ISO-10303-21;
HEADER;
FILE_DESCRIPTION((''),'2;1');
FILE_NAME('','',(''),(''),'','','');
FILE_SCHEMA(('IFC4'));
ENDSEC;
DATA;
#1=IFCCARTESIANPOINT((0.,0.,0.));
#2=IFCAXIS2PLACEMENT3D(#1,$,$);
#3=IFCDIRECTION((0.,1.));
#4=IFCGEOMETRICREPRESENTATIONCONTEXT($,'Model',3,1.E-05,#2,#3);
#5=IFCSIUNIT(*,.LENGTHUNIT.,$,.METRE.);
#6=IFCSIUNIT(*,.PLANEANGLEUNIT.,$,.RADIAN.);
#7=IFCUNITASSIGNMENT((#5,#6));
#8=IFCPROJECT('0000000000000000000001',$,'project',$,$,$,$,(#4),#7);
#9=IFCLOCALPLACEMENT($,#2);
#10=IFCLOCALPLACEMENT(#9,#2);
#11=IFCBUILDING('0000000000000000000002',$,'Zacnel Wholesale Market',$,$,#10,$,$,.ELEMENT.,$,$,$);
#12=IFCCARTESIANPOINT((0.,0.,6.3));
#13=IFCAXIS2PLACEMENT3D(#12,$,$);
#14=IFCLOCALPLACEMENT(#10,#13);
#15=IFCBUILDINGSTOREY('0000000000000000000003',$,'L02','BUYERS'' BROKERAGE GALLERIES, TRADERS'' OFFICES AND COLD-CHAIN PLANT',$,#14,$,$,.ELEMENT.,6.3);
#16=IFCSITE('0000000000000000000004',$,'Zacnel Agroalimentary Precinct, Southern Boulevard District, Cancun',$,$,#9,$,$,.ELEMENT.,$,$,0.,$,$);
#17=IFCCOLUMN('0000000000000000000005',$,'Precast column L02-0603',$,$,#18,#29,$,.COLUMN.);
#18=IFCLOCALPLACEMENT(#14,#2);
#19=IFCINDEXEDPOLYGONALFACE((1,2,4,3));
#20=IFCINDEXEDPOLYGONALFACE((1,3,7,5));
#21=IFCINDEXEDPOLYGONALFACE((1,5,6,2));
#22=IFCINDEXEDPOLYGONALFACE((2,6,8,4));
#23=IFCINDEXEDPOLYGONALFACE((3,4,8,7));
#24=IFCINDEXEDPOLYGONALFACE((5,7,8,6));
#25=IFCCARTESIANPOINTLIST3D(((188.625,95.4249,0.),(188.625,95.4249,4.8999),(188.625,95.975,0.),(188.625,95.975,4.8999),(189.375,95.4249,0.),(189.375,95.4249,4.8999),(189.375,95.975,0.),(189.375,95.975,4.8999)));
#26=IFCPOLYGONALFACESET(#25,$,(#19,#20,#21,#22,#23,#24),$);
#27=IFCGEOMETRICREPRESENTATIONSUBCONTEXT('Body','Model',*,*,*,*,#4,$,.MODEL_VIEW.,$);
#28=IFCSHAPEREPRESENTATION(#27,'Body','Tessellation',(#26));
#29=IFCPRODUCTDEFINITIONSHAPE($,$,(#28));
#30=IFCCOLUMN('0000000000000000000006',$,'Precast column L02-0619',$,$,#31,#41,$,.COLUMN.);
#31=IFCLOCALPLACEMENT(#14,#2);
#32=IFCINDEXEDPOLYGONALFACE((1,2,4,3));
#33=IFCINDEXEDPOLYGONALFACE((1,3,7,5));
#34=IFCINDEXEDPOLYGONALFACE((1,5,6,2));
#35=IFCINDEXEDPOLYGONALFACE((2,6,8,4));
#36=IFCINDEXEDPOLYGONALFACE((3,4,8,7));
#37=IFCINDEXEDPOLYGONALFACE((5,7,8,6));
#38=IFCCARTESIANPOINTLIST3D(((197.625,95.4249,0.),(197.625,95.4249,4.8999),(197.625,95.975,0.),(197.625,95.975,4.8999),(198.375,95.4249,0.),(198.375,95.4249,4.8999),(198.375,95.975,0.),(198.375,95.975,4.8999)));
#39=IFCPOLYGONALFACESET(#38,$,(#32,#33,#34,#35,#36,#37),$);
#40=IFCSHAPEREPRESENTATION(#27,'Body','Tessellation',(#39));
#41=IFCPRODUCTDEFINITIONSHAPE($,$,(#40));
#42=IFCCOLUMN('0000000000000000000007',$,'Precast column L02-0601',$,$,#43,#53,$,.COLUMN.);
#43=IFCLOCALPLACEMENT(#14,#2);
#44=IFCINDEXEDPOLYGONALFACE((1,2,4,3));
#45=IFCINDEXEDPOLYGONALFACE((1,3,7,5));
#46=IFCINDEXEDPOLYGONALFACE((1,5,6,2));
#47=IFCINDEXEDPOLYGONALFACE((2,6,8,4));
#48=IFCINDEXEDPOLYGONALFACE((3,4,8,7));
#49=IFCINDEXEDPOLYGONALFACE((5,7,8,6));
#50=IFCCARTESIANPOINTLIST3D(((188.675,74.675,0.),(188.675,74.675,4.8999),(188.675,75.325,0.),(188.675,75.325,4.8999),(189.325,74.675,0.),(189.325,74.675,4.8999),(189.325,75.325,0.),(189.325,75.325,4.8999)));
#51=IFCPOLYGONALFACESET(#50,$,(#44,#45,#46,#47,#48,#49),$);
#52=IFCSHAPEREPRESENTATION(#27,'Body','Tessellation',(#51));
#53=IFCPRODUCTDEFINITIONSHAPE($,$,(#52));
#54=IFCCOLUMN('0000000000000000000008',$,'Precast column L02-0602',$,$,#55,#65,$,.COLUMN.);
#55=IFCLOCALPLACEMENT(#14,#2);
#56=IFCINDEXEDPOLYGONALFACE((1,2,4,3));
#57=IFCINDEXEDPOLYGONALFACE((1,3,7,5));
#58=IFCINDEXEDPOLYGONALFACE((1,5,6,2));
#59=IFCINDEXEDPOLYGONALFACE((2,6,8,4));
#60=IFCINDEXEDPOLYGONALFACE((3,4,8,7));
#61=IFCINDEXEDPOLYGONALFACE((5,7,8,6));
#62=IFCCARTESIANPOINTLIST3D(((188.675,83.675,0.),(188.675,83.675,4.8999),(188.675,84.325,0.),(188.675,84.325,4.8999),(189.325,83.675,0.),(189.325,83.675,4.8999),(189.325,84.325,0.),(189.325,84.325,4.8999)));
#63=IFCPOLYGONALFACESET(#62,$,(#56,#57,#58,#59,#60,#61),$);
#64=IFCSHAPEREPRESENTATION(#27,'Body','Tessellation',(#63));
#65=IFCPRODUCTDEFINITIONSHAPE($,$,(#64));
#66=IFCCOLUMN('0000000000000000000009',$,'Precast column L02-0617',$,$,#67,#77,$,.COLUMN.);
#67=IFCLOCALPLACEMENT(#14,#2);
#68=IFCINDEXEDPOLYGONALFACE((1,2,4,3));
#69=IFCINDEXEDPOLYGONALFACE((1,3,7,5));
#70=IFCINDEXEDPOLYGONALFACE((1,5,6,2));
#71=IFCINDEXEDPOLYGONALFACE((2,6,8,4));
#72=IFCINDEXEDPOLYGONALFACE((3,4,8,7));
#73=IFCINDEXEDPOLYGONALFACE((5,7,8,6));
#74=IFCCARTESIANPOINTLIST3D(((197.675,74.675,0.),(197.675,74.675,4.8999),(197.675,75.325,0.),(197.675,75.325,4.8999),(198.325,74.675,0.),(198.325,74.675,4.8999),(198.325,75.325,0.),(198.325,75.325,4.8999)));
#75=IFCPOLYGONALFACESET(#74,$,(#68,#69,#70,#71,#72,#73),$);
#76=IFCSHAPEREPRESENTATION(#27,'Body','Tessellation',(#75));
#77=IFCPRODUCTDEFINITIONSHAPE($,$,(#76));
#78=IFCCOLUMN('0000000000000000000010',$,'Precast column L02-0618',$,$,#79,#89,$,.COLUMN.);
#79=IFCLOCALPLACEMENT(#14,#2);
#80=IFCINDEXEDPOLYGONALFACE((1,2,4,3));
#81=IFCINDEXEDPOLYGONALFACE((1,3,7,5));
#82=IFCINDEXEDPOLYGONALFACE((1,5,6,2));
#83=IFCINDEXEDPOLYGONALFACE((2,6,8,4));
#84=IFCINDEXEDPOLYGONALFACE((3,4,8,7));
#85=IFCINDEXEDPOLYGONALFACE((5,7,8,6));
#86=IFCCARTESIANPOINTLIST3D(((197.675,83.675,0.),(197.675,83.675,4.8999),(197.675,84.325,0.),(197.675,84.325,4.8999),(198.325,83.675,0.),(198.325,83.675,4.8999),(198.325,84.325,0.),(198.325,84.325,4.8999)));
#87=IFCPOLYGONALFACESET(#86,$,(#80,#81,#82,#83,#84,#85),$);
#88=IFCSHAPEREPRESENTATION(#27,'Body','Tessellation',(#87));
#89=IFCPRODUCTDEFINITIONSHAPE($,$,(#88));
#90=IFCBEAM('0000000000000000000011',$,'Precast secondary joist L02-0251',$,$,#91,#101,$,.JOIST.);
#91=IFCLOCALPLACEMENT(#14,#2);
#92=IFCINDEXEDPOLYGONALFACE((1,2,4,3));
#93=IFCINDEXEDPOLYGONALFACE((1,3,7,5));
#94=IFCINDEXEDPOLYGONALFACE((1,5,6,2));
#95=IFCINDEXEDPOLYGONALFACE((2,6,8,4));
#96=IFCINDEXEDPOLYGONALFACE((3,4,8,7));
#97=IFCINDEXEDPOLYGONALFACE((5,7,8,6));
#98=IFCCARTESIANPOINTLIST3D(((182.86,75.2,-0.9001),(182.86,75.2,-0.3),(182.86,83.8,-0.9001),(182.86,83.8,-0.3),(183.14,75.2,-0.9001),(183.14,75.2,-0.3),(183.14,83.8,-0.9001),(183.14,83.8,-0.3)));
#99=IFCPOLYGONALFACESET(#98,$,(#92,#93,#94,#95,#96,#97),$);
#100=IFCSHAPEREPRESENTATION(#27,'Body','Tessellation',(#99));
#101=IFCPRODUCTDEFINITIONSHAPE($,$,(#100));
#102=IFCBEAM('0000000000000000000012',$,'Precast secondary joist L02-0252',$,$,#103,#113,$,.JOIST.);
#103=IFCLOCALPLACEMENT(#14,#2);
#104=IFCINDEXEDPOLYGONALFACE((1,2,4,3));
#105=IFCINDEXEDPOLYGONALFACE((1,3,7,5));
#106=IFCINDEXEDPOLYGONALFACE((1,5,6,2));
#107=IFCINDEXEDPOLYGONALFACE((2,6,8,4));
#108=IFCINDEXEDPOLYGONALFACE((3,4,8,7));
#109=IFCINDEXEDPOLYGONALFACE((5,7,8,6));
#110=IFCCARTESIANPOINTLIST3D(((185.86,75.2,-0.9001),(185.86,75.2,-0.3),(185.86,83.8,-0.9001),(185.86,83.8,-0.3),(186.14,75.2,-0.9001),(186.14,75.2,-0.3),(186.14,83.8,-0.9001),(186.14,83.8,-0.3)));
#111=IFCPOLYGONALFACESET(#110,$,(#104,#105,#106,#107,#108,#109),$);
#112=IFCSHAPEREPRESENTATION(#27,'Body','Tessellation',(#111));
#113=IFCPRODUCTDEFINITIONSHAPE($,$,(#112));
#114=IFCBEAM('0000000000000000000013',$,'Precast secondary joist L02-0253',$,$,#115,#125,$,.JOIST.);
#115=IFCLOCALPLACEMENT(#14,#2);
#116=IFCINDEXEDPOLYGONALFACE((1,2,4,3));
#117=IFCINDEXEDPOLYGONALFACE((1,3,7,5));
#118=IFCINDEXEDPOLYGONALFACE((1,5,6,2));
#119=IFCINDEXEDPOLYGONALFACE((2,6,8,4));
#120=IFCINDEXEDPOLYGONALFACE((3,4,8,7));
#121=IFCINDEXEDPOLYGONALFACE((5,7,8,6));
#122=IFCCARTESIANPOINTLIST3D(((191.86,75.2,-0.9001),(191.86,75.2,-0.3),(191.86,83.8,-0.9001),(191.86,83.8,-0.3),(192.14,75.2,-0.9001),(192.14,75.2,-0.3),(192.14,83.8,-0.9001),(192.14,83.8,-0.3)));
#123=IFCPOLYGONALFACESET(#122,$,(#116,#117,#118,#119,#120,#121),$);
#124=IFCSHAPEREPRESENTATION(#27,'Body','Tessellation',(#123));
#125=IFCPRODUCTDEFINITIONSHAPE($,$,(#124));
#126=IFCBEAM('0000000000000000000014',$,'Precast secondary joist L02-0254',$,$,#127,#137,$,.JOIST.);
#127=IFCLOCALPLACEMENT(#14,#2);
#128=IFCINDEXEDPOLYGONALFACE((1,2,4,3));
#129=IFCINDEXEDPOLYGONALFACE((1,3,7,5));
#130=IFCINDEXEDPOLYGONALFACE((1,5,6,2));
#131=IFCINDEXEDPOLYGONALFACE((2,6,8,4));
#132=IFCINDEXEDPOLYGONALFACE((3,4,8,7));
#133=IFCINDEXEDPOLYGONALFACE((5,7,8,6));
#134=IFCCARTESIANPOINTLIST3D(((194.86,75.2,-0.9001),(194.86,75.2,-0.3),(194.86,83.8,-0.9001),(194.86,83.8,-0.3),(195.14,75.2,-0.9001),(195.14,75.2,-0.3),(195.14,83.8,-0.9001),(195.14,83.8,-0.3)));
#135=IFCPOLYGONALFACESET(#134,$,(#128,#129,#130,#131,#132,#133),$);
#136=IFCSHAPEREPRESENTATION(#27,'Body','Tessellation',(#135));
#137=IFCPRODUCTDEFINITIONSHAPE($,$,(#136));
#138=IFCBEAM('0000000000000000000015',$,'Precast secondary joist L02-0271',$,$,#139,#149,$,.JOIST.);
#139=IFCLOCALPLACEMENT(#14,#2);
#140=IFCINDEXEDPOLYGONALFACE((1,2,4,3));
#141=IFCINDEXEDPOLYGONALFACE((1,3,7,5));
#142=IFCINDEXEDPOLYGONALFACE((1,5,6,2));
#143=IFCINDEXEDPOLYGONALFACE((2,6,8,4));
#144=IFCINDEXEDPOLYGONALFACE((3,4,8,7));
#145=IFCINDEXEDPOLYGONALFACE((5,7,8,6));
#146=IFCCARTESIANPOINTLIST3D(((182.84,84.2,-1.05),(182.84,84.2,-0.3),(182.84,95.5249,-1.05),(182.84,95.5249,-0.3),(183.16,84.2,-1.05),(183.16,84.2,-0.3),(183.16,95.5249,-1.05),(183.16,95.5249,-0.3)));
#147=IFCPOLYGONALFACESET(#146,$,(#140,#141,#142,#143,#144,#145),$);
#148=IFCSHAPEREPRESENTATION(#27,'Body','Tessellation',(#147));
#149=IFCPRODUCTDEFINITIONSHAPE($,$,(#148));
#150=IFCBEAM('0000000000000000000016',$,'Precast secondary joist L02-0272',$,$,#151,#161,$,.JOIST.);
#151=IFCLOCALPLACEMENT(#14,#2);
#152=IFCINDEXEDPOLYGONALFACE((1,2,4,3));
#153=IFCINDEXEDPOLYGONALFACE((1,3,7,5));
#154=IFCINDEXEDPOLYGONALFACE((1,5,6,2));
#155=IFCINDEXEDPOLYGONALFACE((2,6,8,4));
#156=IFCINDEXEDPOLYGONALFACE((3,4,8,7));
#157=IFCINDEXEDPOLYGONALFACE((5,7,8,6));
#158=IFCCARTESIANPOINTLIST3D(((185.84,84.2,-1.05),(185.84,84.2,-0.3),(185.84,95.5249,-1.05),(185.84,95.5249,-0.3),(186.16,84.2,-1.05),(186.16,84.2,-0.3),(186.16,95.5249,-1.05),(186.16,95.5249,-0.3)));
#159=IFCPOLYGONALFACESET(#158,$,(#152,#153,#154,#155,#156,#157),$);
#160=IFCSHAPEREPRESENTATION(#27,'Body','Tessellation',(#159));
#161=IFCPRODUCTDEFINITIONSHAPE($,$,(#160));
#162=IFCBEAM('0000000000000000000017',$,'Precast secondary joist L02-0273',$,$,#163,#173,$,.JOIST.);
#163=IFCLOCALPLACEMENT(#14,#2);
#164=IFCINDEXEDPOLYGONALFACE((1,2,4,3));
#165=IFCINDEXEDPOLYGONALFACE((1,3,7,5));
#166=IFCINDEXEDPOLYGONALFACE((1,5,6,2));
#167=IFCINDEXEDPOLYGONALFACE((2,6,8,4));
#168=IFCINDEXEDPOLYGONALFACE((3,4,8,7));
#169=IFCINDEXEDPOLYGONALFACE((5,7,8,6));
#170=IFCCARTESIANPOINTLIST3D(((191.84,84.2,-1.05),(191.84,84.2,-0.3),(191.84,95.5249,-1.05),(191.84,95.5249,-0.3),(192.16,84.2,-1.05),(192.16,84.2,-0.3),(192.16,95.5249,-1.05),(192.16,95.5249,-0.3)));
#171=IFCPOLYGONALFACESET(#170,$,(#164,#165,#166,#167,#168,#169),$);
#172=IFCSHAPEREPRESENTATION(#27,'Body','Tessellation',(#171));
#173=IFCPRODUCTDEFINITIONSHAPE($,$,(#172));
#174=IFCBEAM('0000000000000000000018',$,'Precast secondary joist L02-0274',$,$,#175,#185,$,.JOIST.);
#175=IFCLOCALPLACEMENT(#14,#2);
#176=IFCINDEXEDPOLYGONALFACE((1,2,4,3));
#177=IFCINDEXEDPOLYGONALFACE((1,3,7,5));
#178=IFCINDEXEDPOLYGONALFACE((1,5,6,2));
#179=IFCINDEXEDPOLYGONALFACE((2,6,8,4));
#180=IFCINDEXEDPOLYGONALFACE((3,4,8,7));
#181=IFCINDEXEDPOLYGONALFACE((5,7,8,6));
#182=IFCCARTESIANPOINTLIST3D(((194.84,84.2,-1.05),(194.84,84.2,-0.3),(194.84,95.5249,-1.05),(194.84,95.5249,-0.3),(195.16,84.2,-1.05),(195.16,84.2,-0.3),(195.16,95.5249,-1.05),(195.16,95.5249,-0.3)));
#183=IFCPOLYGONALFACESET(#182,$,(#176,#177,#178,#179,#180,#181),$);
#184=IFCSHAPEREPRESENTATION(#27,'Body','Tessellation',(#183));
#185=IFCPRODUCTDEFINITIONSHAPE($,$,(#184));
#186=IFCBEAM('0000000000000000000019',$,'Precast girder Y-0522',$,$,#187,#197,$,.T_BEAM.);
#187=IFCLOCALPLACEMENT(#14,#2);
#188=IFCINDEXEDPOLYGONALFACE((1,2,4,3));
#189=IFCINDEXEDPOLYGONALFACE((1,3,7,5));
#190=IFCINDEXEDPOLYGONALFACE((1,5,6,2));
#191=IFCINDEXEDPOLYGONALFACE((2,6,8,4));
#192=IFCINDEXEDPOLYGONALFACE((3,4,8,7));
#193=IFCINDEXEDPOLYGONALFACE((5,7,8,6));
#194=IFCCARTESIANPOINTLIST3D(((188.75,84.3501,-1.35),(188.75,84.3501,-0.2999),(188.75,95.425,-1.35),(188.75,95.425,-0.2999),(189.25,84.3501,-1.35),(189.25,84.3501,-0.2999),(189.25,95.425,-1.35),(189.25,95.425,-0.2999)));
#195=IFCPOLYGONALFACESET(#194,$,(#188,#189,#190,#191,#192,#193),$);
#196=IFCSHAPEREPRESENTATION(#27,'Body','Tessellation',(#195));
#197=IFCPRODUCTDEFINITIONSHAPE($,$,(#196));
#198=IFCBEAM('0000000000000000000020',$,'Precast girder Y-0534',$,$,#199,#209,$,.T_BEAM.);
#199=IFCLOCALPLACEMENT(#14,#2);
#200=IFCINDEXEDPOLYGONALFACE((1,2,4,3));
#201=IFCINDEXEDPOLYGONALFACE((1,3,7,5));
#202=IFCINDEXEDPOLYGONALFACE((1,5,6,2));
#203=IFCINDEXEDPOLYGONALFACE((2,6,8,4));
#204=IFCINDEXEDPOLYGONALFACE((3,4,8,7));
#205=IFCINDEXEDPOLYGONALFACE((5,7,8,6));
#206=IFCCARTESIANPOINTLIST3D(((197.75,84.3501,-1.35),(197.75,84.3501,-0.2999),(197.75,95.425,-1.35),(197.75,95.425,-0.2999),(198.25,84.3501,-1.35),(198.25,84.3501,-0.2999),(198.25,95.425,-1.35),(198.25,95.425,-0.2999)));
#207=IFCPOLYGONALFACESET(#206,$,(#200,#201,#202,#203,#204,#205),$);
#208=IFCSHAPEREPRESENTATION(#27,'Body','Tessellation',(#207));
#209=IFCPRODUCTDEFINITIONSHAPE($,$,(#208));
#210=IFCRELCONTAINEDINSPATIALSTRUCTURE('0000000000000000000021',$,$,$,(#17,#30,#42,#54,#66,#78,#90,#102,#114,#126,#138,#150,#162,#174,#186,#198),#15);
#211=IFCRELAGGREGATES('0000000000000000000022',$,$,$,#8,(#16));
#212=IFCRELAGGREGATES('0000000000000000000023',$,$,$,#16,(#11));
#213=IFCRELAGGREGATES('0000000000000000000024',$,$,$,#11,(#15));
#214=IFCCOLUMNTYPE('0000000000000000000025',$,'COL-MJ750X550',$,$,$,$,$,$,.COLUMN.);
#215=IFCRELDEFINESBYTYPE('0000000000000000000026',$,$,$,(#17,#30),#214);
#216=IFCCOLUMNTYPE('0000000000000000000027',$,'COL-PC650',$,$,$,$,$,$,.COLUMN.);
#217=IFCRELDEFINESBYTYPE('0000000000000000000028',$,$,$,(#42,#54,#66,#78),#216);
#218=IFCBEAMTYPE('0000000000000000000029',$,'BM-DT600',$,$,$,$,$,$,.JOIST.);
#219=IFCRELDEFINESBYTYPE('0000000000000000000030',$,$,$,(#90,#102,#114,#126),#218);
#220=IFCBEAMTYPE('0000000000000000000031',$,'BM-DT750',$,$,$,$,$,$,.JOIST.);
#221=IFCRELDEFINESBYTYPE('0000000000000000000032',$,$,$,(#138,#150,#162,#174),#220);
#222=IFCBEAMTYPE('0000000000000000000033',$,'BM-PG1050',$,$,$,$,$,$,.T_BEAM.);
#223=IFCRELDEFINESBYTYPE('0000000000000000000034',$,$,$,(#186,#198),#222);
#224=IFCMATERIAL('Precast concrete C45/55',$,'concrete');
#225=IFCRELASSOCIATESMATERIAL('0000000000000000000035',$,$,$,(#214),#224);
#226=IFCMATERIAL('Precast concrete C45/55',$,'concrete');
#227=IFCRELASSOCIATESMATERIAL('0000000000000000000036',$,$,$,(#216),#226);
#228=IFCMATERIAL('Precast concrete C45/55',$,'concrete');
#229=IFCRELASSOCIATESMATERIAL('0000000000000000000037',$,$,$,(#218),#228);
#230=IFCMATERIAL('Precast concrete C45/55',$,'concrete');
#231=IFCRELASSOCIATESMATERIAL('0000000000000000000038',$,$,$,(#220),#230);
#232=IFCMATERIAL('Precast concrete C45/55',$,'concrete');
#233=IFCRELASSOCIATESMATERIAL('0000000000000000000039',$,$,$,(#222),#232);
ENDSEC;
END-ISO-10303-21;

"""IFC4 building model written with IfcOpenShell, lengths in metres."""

from ifc_helpers import new_model, si_unit, direction, frame, origin, origin_2d, place, context, subcontext, project, spatial, rectangle, extrude, material, material_profile, profile_set, type_object, element, save


model = new_model("IFC4")

# Units and contexts
model_context = context("Model", 3, precision=1e-05, world=origin(), true_north=direction((0.0, 1.0)))
body_context = subcontext(model_context, "Body", "Model", "MODEL_VIEW")
ifc_project = project(units=[si_unit("LENGTHUNIT", "METRE"), si_unit("PLANEANGLEUNIT", "RADIAN")], contexts=[model_context])

# Site, building, storey
site_placement = place(None, origin())
site = spatial("IfcSite", under=ifc_project, at=site_placement, Name="Zacnel Agroalimentary Precinct, Southern Boulevard District, Cancun", CompositionType="ELEMENT", RefElevation=0.0)
building_placement = place(site_placement, origin())
building = spatial("IfcBuilding", under=site, at=building_placement, Name="Zacnel Wholesale Market", CompositionType="ELEMENT")
storey_placement = place(building_placement, frame((0.0, 0.0, 6.3)))
storey = spatial("IfcBuildingStorey", under=building, at=storey_placement, Name="L02", Description="BUYERS' BROKERAGE GALLERIES, TRADERS' OFFICES AND COLD-CHAIN PLANT", CompositionType="ELEMENT", Elevation=6.3)

# Columns
ifc_material_1 = material(Name="Precast concrete C45/55", Category="concrete")
ifc_material_profile_1 = material_profile(ifc_material_1, rectangle(XDim=0.75, YDim=0.55, at=origin_2d()), Name="PC 750x550")
ifc_profile_set_1 = profile_set([ifc_material_profile_1], Name="Precast concrete C45/55")
column_type_1 = type_object("IfcColumnType", Name="COL-MJ750X550", PredefinedType="COLUMN", material=ifc_profile_set_1)
for number, where, z_axis, x_axis, name in (
    (1, (189.0, 95.7, 0.0), (0.0, 0.0, 1.0), (1.0, 0.0, 0.0), "Precast column L02-0603"),
    (2, (198.0, 95.7, 0.0), (0.0, 0.0, 1.0), (1.0, 0.0, 0.0), "Precast column L02-0619"),
):
    element("IfcColumn", number, at=place(storey_placement, frame(where, z_axis=z_axis, x_axis=x_axis)), inside=storey, type_object=column_type_1, Name=name, PredefinedType="COLUMN", context=body_context, shape_type="SweptSolid", body=[
        extrude(rectangle(XDim=0.75, YDim=0.55, at=origin_2d()), origin(), (0.0, 0.0, 1.0), 4.8999),
    ])
ifc_material_2 = material(Name="Precast concrete C45/55", Category="concrete")
ifc_material_profile_2 = material_profile(ifc_material_2, rectangle(XDim=0.6499, YDim=0.6499, at=origin_2d()), Name="PC 650x650")
ifc_profile_set_2 = profile_set([ifc_material_profile_2], Name="Precast concrete C45/55")
column_type_2 = type_object("IfcColumnType", Name="COL-PC650", PredefinedType="COLUMN", material=ifc_profile_set_2)
for number, where, z_axis, x_axis, name in (
    (3, (189.0, 75.0, 0.0), (0.0, 0.0, 1.0), (1.0, 0.0, 0.0), "Precast column L02-0601"),
    (4, (189.0, 84.0, 0.0), (0.0, 0.0, 1.0), (1.0, 0.0, 0.0), "Precast column L02-0602"),
    (5, (198.0, 75.0, 0.0), (0.0, 0.0, 1.0), (1.0, 0.0, 0.0), "Precast column L02-0617"),
    (6, (198.0, 84.0, 0.0), (0.0, 0.0, 1.0), (1.0, 0.0, 0.0), "Precast column L02-0618"),
):
    element("IfcColumn", number, at=place(storey_placement, frame(where, z_axis=z_axis, x_axis=x_axis)), inside=storey, type_object=column_type_2, Name=name, PredefinedType="COLUMN", context=body_context, shape_type="SweptSolid", body=[
        extrude(rectangle(XDim=0.6499, YDim=0.6499, at=origin_2d()), origin(), (0.0, 0.0, 1.0), 4.8999),
    ])

# Beams
ifc_material_3 = material(Name="Precast concrete C45/55", Category="concrete")
ifc_material_profile_3 = material_profile(ifc_material_3, rectangle(XDim=0.28, YDim=0.6001, at=origin_2d()), Name="DT RIB 280x600")
ifc_profile_set_3 = profile_set([ifc_material_profile_3], Name="Precast concrete C45/55")
beam_type_1 = type_object("IfcBeamType", Name="BM-DT600", PredefinedType="JOIST", material=ifc_profile_set_3)
for number, where, z_axis, x_axis, name in (
    (7, (183.0, 75.2, -0.6001), (0.0, 1.0, 0.0), (-1.0, 0.0, 0.0), "Precast secondary joist L02-0251"),
    (8, (186.0, 75.2, -0.6001), (0.0, 1.0, 0.0), (-1.0, 0.0, 0.0), "Precast secondary joist L02-0252"),
    (9, (192.0, 75.2, -0.6001), (0.0, 1.0, 0.0), (-1.0, 0.0, 0.0), "Precast secondary joist L02-0253"),
    (10, (195.0, 75.2, -0.6001), (0.0, 1.0, 0.0), (-1.0, 0.0, 0.0), "Precast secondary joist L02-0254"),
):
    element("IfcBeam", number, at=place(storey_placement, frame(where, z_axis=z_axis, x_axis=x_axis)), inside=storey, type_object=beam_type_1, Name=name, PredefinedType="JOIST", context=body_context, shape_type="SweptSolid", body=[
        extrude(rectangle(XDim=0.28, YDim=0.6001, at=origin_2d()), origin(), (0.0, 0.0, 1.0), 8.6001),
    ])
ifc_material_4 = material(Name="Precast concrete C45/55", Category="concrete")
ifc_material_profile_4 = material_profile(ifc_material_4, rectangle(XDim=0.3201, YDim=0.75, at=origin_2d()), Name="DT RIB 320x750")
ifc_profile_set_4 = profile_set([ifc_material_profile_4], Name="Precast concrete C45/55")
beam_type_2 = type_object("IfcBeamType", Name="BM-DT750", PredefinedType="JOIST", material=ifc_profile_set_4)
for number, where, z_axis, x_axis, name in (
    (11, (183.0, 84.2, -0.675), (0.0, 1.0, 0.0), (-1.0, 0.0, 0.0), "Precast secondary joist L02-0271"),
    (12, (186.0, 84.2, -0.675), (0.0, 1.0, 0.0), (-1.0, 0.0, 0.0), "Precast secondary joist L02-0272"),
    (13, (192.0, 84.2, -0.675), (0.0, 1.0, 0.0), (-1.0, 0.0, 0.0), "Precast secondary joist L02-0273"),
    (14, (195.0, 84.2, -0.675), (0.0, 1.0, 0.0), (-1.0, 0.0, 0.0), "Precast secondary joist L02-0274"),
):
    element("IfcBeam", number, at=place(storey_placement, frame(where, z_axis=z_axis, x_axis=x_axis)), inside=storey, type_object=beam_type_2, Name=name, PredefinedType="JOIST", context=body_context, shape_type="SweptSolid", body=[
        extrude(rectangle(XDim=0.3201, YDim=0.75, at=origin_2d()), origin(), (0.0, 0.0, 1.0), 11.325),
    ])
ifc_material_5 = material(Name="Precast concrete C45/55", Category="concrete")
ifc_material_profile_5 = material_profile(ifc_material_5, rectangle(XDim=0.5, YDim=1.05, at=origin_2d()), Name="PG 500x1050")
ifc_profile_set_5 = profile_set([ifc_material_profile_5], Name="Precast concrete C45/55")
beam_type_3 = type_object("IfcBeamType", Name="BM-PG1050", PredefinedType="T_BEAM", material=ifc_profile_set_5)
for number, where, z_axis, x_axis, name in (
    (15, (189.0, 84.3501, -0.825), (0.0, 1.0, 0.0), (-1.0, 0.0, 0.0), "Precast girder Y-0522"),
    (16, (198.0, 84.3501, -0.825), (0.0, 1.0, 0.0), (-1.0, 0.0, 0.0), "Precast girder Y-0534"),
):
    element("IfcBeam", number, at=place(storey_placement, frame(where, z_axis=z_axis, x_axis=x_axis)), inside=storey, type_object=beam_type_3, Name=name, PredefinedType="T_BEAM", context=body_context, shape_type="SweptSolid", body=[
        extrude(rectangle(XDim=0.5, YDim=1.05, at=origin_2d()), origin(), (0.0, 0.0, 1.0), 11.075),
    ])

save(model, "model.ifc")
